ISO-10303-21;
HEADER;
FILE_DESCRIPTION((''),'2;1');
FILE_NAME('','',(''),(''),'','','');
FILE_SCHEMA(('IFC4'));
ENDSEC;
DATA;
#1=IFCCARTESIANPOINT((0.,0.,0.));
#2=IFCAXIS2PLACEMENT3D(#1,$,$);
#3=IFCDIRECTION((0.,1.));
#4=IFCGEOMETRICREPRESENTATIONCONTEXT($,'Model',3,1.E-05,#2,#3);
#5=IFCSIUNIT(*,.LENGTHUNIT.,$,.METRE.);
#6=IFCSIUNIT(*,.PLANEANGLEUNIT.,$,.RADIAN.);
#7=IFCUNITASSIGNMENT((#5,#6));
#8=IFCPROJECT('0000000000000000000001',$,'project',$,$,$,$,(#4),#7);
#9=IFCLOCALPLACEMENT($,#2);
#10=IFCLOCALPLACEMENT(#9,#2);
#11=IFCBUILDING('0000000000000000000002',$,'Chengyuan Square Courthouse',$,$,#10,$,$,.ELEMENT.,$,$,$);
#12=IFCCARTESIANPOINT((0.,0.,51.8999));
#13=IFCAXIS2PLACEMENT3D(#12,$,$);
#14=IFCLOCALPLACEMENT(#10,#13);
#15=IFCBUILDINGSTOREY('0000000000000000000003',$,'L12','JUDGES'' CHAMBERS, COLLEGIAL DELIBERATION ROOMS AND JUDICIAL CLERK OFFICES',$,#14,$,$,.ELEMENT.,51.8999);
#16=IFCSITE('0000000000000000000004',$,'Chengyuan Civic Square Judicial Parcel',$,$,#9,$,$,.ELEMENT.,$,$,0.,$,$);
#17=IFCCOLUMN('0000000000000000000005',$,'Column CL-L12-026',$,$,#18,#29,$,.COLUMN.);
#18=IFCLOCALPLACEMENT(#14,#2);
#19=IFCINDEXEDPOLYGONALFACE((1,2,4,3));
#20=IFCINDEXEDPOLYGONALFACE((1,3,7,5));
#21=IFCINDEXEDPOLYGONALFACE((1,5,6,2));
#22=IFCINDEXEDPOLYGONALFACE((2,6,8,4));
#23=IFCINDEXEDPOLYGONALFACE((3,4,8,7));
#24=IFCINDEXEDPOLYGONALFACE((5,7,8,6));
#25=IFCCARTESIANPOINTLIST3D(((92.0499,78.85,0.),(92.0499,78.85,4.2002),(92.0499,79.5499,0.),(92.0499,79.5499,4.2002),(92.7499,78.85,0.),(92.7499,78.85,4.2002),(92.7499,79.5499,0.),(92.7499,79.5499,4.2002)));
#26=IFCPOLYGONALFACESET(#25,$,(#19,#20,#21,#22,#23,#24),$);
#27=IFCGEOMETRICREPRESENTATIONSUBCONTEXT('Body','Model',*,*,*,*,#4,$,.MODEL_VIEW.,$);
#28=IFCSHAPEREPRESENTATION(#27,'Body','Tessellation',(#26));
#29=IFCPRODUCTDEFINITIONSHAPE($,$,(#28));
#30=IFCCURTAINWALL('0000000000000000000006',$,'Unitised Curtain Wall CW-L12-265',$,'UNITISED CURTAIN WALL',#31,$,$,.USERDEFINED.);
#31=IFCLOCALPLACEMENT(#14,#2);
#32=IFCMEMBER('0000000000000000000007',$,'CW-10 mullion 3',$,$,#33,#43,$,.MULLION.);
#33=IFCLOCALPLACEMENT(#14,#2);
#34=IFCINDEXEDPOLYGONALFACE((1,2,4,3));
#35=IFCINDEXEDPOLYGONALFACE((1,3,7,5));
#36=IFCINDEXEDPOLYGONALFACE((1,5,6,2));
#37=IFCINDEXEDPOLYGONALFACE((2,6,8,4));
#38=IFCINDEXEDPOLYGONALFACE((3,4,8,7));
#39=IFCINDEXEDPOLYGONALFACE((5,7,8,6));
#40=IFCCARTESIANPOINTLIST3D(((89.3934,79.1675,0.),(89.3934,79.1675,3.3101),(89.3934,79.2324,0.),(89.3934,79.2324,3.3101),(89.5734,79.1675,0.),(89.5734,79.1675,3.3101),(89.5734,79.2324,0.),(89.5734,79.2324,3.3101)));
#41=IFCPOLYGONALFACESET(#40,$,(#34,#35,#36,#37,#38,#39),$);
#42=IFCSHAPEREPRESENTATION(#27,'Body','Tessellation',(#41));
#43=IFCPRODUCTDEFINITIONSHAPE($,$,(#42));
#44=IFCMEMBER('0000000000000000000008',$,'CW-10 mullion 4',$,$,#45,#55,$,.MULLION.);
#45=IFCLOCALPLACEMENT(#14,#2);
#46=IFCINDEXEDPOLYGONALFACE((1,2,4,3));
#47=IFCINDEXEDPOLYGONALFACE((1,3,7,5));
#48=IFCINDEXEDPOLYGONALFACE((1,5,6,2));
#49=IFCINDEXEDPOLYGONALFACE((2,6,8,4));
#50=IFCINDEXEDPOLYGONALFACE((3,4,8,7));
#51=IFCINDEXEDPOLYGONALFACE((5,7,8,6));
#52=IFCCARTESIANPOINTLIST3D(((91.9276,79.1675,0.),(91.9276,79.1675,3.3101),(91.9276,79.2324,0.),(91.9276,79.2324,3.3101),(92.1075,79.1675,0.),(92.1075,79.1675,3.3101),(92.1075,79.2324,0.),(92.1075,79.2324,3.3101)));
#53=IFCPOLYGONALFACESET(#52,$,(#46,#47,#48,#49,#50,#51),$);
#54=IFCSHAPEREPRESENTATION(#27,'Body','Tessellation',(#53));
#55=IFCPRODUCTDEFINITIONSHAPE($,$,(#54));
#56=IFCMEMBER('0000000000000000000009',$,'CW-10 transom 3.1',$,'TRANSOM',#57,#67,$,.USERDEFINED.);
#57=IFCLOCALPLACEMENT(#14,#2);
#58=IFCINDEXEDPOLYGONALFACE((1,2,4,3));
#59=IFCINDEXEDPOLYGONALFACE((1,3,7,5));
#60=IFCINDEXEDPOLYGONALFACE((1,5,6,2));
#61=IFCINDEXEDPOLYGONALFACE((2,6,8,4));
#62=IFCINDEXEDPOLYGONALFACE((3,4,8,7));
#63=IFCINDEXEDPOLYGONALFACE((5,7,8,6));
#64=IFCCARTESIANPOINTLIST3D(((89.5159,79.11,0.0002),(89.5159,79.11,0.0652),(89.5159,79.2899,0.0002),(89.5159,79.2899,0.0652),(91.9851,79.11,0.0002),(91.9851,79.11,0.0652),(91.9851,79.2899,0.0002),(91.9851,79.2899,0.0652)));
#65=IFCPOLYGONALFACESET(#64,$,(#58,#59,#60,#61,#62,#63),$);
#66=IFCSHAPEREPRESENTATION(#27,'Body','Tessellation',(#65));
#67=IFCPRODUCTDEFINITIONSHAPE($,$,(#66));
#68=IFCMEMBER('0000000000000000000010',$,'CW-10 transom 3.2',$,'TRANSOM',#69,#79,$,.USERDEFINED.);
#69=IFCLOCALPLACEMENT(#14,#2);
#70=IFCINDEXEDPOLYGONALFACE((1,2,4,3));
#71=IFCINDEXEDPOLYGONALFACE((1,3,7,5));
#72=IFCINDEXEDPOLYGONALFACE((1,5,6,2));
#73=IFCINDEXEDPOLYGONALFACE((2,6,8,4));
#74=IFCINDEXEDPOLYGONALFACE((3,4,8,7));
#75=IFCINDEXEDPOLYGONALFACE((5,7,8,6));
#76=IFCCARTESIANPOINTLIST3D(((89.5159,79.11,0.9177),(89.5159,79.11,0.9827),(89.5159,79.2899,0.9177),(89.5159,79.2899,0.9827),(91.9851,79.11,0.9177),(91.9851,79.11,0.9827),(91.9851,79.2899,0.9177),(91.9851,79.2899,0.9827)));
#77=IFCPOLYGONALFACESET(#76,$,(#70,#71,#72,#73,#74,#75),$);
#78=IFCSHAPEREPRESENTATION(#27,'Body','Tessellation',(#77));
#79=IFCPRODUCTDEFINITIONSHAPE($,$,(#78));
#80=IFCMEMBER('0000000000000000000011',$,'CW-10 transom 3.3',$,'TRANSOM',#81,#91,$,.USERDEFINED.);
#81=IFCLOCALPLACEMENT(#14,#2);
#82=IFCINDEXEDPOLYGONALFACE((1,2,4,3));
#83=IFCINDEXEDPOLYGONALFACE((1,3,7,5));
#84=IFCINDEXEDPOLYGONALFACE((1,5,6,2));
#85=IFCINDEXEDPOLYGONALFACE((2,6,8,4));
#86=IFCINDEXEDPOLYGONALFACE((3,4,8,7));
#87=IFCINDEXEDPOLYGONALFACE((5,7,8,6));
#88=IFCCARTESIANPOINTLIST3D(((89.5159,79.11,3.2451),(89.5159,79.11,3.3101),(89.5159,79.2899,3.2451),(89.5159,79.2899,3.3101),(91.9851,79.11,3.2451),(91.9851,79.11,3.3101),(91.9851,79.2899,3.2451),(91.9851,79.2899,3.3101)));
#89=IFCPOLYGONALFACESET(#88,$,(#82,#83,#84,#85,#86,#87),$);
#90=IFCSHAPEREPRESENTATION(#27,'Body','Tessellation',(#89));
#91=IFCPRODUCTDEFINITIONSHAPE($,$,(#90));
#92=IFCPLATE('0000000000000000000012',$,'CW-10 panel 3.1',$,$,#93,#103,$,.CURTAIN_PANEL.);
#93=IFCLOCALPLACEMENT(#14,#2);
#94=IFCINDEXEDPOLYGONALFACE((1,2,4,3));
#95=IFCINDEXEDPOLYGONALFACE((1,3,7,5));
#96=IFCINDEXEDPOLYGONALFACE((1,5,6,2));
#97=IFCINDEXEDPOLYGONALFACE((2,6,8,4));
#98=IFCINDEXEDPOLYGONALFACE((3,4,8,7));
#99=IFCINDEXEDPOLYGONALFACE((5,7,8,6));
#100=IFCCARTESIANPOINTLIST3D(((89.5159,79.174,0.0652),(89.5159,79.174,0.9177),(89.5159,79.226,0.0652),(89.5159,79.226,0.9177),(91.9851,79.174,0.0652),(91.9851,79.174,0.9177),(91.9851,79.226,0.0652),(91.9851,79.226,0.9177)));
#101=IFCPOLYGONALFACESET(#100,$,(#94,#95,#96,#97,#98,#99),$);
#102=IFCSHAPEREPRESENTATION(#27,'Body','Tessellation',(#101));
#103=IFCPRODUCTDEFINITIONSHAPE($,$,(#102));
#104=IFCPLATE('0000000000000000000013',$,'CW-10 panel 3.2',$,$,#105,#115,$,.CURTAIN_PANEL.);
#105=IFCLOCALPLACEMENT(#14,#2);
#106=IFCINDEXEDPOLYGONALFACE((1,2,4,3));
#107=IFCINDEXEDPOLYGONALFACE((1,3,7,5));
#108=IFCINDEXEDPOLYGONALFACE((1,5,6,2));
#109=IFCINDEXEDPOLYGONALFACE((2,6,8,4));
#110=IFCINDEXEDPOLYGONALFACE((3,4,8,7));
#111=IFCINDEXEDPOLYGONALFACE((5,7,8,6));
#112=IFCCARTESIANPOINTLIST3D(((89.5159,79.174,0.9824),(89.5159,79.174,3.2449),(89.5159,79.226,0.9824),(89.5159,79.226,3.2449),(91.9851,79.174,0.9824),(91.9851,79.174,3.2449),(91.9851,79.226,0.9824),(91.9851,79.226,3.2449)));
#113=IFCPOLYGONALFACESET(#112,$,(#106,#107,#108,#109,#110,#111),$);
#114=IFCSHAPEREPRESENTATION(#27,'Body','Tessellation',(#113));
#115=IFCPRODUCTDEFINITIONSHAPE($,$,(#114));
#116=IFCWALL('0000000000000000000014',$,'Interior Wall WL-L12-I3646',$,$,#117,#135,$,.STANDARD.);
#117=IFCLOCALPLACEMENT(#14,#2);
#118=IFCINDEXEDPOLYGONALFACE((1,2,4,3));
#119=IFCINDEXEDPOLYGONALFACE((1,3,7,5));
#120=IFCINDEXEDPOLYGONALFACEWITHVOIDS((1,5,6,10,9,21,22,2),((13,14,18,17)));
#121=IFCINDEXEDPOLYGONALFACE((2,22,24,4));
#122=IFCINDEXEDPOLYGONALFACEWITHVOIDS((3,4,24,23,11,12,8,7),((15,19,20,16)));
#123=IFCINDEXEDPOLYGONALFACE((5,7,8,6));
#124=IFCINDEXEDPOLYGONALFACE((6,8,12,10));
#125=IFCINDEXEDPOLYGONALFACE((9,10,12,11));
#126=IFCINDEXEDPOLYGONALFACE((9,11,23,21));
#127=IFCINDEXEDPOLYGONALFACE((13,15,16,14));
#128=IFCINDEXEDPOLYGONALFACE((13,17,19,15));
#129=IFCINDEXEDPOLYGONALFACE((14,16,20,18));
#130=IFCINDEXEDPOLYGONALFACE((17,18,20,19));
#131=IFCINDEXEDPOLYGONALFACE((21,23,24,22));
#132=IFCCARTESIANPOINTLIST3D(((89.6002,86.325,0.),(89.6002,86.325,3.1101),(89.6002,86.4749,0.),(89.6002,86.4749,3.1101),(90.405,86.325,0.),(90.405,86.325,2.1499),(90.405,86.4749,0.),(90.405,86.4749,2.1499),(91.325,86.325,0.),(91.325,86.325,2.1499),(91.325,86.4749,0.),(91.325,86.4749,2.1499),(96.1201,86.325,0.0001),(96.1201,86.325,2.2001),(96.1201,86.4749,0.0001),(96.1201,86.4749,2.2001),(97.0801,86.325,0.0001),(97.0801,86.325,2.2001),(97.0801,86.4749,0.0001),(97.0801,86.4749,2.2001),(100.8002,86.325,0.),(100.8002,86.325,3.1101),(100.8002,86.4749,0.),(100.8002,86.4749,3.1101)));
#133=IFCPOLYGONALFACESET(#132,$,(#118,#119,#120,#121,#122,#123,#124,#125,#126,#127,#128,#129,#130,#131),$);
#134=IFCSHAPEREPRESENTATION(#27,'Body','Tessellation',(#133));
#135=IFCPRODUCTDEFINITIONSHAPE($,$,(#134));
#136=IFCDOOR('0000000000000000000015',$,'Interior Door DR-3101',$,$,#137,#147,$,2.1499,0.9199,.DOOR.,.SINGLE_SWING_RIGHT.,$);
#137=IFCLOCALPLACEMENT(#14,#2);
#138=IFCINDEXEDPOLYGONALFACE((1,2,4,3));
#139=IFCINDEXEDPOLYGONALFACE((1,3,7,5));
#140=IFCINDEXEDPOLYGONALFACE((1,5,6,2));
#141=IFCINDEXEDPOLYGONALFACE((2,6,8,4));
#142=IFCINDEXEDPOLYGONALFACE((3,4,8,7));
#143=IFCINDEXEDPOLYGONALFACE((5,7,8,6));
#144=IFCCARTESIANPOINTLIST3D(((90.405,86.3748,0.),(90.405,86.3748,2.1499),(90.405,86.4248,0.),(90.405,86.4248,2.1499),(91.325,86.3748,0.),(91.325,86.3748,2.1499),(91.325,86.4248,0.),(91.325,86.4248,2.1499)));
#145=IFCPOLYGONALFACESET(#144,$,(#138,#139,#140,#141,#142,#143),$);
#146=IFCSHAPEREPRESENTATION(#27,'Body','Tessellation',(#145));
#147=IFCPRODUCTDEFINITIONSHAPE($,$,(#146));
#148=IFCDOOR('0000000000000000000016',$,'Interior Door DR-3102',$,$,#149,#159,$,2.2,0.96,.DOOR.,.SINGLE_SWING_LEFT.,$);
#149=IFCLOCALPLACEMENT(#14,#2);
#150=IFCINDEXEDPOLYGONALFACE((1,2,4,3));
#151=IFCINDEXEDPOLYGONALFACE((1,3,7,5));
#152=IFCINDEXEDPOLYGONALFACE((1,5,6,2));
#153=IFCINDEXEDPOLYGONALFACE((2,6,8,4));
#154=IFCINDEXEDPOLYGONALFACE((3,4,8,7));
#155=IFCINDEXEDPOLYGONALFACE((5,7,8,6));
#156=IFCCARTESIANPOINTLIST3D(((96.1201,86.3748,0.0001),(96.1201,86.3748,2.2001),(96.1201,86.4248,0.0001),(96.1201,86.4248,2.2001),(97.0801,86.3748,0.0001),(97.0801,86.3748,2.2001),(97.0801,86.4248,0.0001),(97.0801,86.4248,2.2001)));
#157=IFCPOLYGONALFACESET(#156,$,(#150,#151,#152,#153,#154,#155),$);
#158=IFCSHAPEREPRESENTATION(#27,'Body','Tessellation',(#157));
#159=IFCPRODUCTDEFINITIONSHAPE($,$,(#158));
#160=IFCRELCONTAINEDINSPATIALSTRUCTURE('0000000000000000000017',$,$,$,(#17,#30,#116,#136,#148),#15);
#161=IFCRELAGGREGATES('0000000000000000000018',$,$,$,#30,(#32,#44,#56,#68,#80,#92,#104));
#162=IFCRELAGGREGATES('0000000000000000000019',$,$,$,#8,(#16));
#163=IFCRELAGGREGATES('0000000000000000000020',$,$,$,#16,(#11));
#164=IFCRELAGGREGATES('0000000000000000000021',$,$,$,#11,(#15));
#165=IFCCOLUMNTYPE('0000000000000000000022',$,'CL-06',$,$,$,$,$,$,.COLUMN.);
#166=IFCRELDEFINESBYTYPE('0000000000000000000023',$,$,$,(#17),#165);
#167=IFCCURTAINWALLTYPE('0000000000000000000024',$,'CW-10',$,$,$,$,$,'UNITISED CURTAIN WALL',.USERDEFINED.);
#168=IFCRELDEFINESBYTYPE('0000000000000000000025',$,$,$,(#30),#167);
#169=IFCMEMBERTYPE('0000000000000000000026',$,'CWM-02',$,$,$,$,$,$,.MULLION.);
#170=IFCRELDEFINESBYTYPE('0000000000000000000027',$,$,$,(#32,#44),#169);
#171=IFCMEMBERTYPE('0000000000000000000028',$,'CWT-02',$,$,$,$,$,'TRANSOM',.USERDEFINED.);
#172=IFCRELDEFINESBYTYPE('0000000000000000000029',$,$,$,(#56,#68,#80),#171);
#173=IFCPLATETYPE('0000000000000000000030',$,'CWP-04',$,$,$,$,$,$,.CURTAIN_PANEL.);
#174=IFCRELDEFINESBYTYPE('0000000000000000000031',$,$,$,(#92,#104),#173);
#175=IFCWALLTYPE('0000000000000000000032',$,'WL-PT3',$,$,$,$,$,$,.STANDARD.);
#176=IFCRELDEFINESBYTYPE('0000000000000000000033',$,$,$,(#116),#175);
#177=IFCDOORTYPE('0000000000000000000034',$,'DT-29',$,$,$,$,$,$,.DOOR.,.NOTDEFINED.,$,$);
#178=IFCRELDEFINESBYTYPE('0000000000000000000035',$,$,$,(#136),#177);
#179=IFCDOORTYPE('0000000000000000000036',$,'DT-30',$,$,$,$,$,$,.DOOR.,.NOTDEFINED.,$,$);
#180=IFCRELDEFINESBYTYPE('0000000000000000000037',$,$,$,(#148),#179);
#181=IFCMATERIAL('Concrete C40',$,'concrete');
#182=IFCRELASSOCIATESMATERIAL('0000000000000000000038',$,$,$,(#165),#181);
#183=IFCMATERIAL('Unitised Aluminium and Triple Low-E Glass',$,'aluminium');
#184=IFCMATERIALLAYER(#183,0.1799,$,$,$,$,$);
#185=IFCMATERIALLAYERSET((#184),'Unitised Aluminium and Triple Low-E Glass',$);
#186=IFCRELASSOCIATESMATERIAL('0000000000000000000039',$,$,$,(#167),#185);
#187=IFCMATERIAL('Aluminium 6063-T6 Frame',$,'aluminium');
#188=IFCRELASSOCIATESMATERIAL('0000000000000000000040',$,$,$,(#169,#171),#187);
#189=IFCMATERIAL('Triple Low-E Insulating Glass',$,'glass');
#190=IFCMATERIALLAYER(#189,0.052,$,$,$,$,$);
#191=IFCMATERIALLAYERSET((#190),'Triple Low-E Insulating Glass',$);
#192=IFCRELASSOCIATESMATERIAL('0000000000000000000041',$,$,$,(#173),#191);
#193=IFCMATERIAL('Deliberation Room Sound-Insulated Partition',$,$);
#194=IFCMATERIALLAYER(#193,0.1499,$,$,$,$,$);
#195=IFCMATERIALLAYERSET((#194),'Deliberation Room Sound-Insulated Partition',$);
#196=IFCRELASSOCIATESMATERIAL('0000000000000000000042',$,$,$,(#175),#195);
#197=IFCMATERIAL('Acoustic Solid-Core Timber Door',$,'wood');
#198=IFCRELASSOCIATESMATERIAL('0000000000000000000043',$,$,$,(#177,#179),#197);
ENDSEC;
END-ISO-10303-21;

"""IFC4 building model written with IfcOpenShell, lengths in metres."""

from ifc_helpers import new_model, si_unit, direction, frame, frame_2d, origin, origin_2d, place, context, subcontext, project, spatial, rectangle, extrude, material, layer, layer_set, material_profile, profile_set, type_object, element, fill, aggregate, save


model = new_model("IFC4")

# Units and contexts
model_context = context("Model", 3, precision=1e-05, world=origin(), true_north=direction((0.0, 1.0)))
body_context = subcontext(model_context, "Body", "Model", "MODEL_VIEW")
ifc_project = project(units=[si_unit("LENGTHUNIT", "METRE"), si_unit("PLANEANGLEUNIT", "RADIAN")], contexts=[model_context])

# Site, building, storey
site_placement = place(None, origin())
site = spatial("IfcSite", under=ifc_project, at=site_placement, Name="Chengyuan Civic Square Judicial Parcel", CompositionType="ELEMENT", RefElevation=0.0)
building_placement = place(site_placement, origin())
building = spatial("IfcBuilding", under=site, at=building_placement, Name="Chengyuan Square Courthouse", CompositionType="ELEMENT")
storey_placement = place(building_placement, frame((0.0, 0.0, 51.8999)))
storey = spatial("IfcBuildingStorey", under=building, at=storey_placement, Name="L12", Description="JUDGES' CHAMBERS, COLLEGIAL DELIBERATION ROOMS AND JUDICIAL CLERK OFFICES", CompositionType="ELEMENT", Elevation=51.8999)

# Column
ifc_material_1 = material(Name="Concrete C40", Category="concrete")
ifc_material_profile_1 = material_profile(ifc_material_1, rectangle(XDim=0.7, YDim=0.7, at=origin_2d()), Name="RC-COL-700x700")
ifc_profile_set_1 = profile_set([ifc_material_profile_1], Name="Concrete C40")
column_type = type_object("IfcColumnType", Name="CL-06", PredefinedType="COLUMN", material=ifc_profile_set_1)
column_placement = place(storey_placement, frame((92.3999, 79.2, 0.0), z_axis=(0.0, 0.0, 1.0), x_axis=(1.0, 0.0, 0.0)))
element("IfcColumn", 1, at=column_placement, inside=storey, type_object=column_type, Name="Column CL-L12-026", PredefinedType="COLUMN", context=body_context, shape_type="SweptSolid", body=[
    extrude(rectangle(XDim=0.7, YDim=0.7, at=origin_2d()), origin(), (0.0, 0.0, 1.0), 4.2002),
])

# Curtain wall, members, plates
ifc_material_2 = material(Name="Unitised Aluminium and Triple Low-E Glass", Category="aluminium")
ifc_layer_1 = layer(ifc_material_2, 0.1799)
ifc_layer_set_1 = layer_set([ifc_layer_1], Name="Unitised Aluminium and Triple Low-E Glass")
curtain_wall_type = type_object("IfcCurtainWallType", Name="CW-10", ElementType="UNITISED CURTAIN WALL", PredefinedType="USERDEFINED", material=ifc_layer_set_1)
curtain_wall_placement = place(storey_placement, origin())
curtain_wall = element("IfcCurtainWall", 2, at=curtain_wall_placement, inside=storey, type_object=curtain_wall_type, Name="Unitised Curtain Wall CW-L12-265", ObjectType="UNITISED CURTAIN WALL", PredefinedType="USERDEFINED")
ifc_material_3 = material(Name="Aluminium 6063-T6 Frame", Category="aluminium")
ifc_material_profile_2 = material_profile(ifc_material_3, rectangle(XDim=0.0649, YDim=0.1799, at=origin_2d()), Name="CW-MUL-65x180")
ifc_profile_set_2 = profile_set([ifc_material_profile_2], Name="Aluminium 6063-T6 Frame")
member_type_1 = type_object("IfcMemberType", Name="CWM-02", PredefinedType="MULLION", material=ifc_profile_set_2)
member_1_placement = place(storey_placement, frame((89.4834, 79.2, 0.0), z_axis=(0.0, 0.0, 1.0), x_axis=(0.0, 1.0, 0.0)))
member_1 = element("IfcMember", 3, at=member_1_placement, type_object=member_type_1, Name="CW-10 mullion 3", PredefinedType="MULLION", context=body_context, shape_type="SweptSolid", body=[
    extrude(rectangle(XDim=0.0649, YDim=0.1799, at=origin_2d()), origin(), (0.0, 0.0, 1.0), 3.3101),
])
member_2_placement = place(storey_placement, frame((92.0176, 79.2, 0.0), z_axis=(0.0, 0.0, 1.0), x_axis=(0.0, 1.0, 0.0)))
member_2 = element("IfcMember", 4, at=member_2_placement, type_object=member_type_1, Name="CW-10 mullion 4", PredefinedType="MULLION", context=body_context, shape_type="SweptSolid", body=[
    extrude(rectangle(XDim=0.0649, YDim=0.1799, at=origin_2d()), origin(), (0.0, 0.0, 1.0), 3.3101),
])
ifc_material_profile_3 = material_profile(ifc_material_3, rectangle(XDim=0.1799, YDim=0.0649, at=origin_2d()), Name="CW-TRN-65x140")
ifc_profile_set_3 = profile_set([ifc_material_profile_3], Name="Aluminium 6063-T6 Frame")
member_type_2 = type_object("IfcMemberType", Name="CWT-02", ElementType="TRANSOM", PredefinedType="USERDEFINED", material=ifc_profile_set_3)
member_3_placement = place(storey_placement, frame((89.5159, 79.2, 0.0327), z_axis=(1.0, 0.0, 0.0), x_axis=(0.0, 1.0, 0.0)))
member_3 = element("IfcMember", 5, at=member_3_placement, type_object=member_type_2, Name="CW-10 transom 3.1", ObjectType="TRANSOM", PredefinedType="USERDEFINED", context=body_context, shape_type="SweptSolid", body=[
    extrude(rectangle(XDim=0.1799, YDim=0.0649, at=origin_2d()), origin(), (0.0, 0.0, 1.0), 2.4692),
])
member_4_placement = place(storey_placement, frame((89.5159, 79.2, 0.9502), z_axis=(1.0, 0.0, 0.0), x_axis=(0.0, 1.0, 0.0)))
member_4 = element("IfcMember", 6, at=member_4_placement, type_object=member_type_2, Name="CW-10 transom 3.2", ObjectType="TRANSOM", PredefinedType="USERDEFINED", context=body_context, shape_type="SweptSolid", body=[
    extrude(rectangle(XDim=0.1799, YDim=0.0649, at=origin_2d()), origin(), (0.0, 0.0, 1.0), 2.4692),
])
member_5_placement = place(storey_placement, frame((89.5159, 79.2, 3.2776), z_axis=(1.0, 0.0, 0.0), x_axis=(0.0, 1.0, 0.0)))
member_5 = element("IfcMember", 7, at=member_5_placement, type_object=member_type_2, Name="CW-10 transom 3.3", ObjectType="TRANSOM", PredefinedType="USERDEFINED", context=body_context, shape_type="SweptSolid", body=[
    extrude(rectangle(XDim=0.1799, YDim=0.0649, at=origin_2d()), origin(), (0.0, 0.0, 1.0), 2.4692),
])
ifc_material_4 = material(Name="Triple Low-E Insulating Glass", Category="glass")
ifc_layer_2 = layer(ifc_material_4, 0.052)
ifc_layer_set_2 = layer_set([ifc_layer_2], Name="Triple Low-E Insulating Glass")
plate_type = type_object("IfcPlateType", Name="CWP-04", PredefinedType="CURTAIN_PANEL", material=ifc_layer_set_2)
plate_1_placement = place(storey_placement, frame((90.7505, 79.2, 0.0652), z_axis=(0.0, 0.0, 1.0), x_axis=(1.0, 0.0, 0.0)))
plate_1 = element("IfcPlate", 8, at=plate_1_placement, type_object=plate_type, Name="CW-10 panel 3.1", PredefinedType="CURTAIN_PANEL", context=body_context, shape_type="SweptSolid", body=[
    extrude(rectangle(XDim=2.4692, YDim=0.052, at=origin_2d()), origin(), (0.0, 0.0, 1.0), 0.8525),
])
plate_2_placement = place(storey_placement, frame((90.7505, 79.2, 0.9824), z_axis=(0.0, 0.0, 1.0), x_axis=(1.0, 0.0, 0.0)))
plate_2 = element("IfcPlate", 9, at=plate_2_placement, type_object=plate_type, Name="CW-10 panel 3.2", PredefinedType="CURTAIN_PANEL", context=body_context, shape_type="SweptSolid", body=[
    extrude(rectangle(XDim=2.4692, YDim=0.052, at=origin_2d()), origin(), (0.0, 0.0, 1.0), 2.2625),
])
aggregate(curtain_wall, [member_1, member_2, member_3, member_4, member_5, plate_1, plate_2])

# Wall, openings, doors
ifc_material_5 = material(Name="Deliberation Room Sound-Insulated Partition")
ifc_layer_3 = layer(ifc_material_5, 0.1499)
ifc_layer_set_3 = layer_set([ifc_layer_3], Name="Deliberation Room Sound-Insulated Partition")
wall_type = type_object("IfcWallType", Name="WL-PT3", PredefinedType="STANDARD", material=ifc_layer_set_3)
wall_1_placement = place(storey_placement, frame((89.6001, 86.3999, 0.0), z_axis=(0.0, 0.0, 1.0), x_axis=(1.0, 0.0, 0.0)))
wall_1 = element("IfcWall", 10, at=wall_1_placement, inside=storey, type_object=wall_type, Name="Interior Wall WL-L12-I3646", PredefinedType="STANDARD", context=body_context, shape_type="SweptSolid", body=[
    extrude(rectangle(XDim=11.2, YDim=0.1499, at=frame_2d((5.6001, 0.0))), origin(), (0.0, 0.0, 1.0), 3.1101),
])
opening_1_placement = place(wall_1_placement, frame((0.8049, 0.0, 0.0)))
opening_1 = element("IfcOpeningElement", 11, at=opening_1_placement, cuts=wall_1, PredefinedType="OPENING", context=body_context, shape_type="SweptSolid", body=[
    extrude(rectangle(XDim=0.9199, YDim=2.1499, at=frame_2d((0.46, 1.075))), frame((0.0, 0.0869, 0.0), z_axis=(0.0, -1.0, 0.0), x_axis=(1.0, 0.0, 0.0)), (0.0, 0.0, 1.0), 0.1738),
])
opening_2_placement = place(wall_1_placement, frame((6.52, 0.0, 0.0)))
opening_2 = element("IfcOpeningElement", 12, at=opening_2_placement, cuts=wall_1, PredefinedType="OPENING", context=body_context, shape_type="SweptSolid", body=[
    extrude(rectangle(XDim=0.96, YDim=2.2, at=frame_2d((0.48, 1.1001))), frame((0.0, 0.0869, 0.0), z_axis=(0.0, -1.0, 0.0), x_axis=(1.0, 0.0, 0.0)), (0.0, 0.0, 1.0), 0.1738),
])
ifc_material_6 = material(Name="Acoustic Solid-Core Timber Door", Category="wood")
door_type_1 = type_object("IfcDoorType", Name="DT-29", OperationType="NOTDEFINED", PredefinedType="DOOR", material=ifc_material_6)
door_1_placement = place(opening_1_placement, origin())
door_1 = element("IfcDoor", 13, at=door_1_placement, inside=storey, type_object=door_type_1, Name="Interior Door DR-3101", OperationType="SINGLE_SWING_RIGHT", OverallHeight=2.1499, OverallWidth=0.9199, PredefinedType="DOOR", context=body_context, shape_type="SweptSolid", body=[
    extrude(rectangle(XDim=0.9199, YDim=2.1499, at=frame_2d((0.46, 1.075))), frame((0.0, 0.0249, 0.0), z_axis=(0.0, -1.0, 0.0), x_axis=(1.0, 0.0, 0.0)), (0.0, 0.0, 1.0), 0.05),
])
fill(opening_1, door_1)
door_type_2 = type_object("IfcDoorType", Name="DT-30", OperationType="NOTDEFINED", PredefinedType="DOOR", material=ifc_material_6)
door_2_placement = place(opening_2_placement, origin())
door_2 = element("IfcDoor", 14, at=door_2_placement, inside=storey, type_object=door_type_2, Name="Interior Door DR-3102", OperationType="SINGLE_SWING_LEFT", OverallHeight=2.2, OverallWidth=0.96, PredefinedType="DOOR", context=body_context, shape_type="SweptSolid", body=[
    extrude(rectangle(XDim=0.96, YDim=2.2, at=frame_2d((0.48, 1.1001))), frame((0.0, 0.0249, 0.0), z_axis=(0.0, -1.0, 0.0), x_axis=(1.0, 0.0, 0.0)), (0.0, 0.0, 1.0), 0.05),
])
fill(opening_2, door_2)

save(model, "model.ifc")
